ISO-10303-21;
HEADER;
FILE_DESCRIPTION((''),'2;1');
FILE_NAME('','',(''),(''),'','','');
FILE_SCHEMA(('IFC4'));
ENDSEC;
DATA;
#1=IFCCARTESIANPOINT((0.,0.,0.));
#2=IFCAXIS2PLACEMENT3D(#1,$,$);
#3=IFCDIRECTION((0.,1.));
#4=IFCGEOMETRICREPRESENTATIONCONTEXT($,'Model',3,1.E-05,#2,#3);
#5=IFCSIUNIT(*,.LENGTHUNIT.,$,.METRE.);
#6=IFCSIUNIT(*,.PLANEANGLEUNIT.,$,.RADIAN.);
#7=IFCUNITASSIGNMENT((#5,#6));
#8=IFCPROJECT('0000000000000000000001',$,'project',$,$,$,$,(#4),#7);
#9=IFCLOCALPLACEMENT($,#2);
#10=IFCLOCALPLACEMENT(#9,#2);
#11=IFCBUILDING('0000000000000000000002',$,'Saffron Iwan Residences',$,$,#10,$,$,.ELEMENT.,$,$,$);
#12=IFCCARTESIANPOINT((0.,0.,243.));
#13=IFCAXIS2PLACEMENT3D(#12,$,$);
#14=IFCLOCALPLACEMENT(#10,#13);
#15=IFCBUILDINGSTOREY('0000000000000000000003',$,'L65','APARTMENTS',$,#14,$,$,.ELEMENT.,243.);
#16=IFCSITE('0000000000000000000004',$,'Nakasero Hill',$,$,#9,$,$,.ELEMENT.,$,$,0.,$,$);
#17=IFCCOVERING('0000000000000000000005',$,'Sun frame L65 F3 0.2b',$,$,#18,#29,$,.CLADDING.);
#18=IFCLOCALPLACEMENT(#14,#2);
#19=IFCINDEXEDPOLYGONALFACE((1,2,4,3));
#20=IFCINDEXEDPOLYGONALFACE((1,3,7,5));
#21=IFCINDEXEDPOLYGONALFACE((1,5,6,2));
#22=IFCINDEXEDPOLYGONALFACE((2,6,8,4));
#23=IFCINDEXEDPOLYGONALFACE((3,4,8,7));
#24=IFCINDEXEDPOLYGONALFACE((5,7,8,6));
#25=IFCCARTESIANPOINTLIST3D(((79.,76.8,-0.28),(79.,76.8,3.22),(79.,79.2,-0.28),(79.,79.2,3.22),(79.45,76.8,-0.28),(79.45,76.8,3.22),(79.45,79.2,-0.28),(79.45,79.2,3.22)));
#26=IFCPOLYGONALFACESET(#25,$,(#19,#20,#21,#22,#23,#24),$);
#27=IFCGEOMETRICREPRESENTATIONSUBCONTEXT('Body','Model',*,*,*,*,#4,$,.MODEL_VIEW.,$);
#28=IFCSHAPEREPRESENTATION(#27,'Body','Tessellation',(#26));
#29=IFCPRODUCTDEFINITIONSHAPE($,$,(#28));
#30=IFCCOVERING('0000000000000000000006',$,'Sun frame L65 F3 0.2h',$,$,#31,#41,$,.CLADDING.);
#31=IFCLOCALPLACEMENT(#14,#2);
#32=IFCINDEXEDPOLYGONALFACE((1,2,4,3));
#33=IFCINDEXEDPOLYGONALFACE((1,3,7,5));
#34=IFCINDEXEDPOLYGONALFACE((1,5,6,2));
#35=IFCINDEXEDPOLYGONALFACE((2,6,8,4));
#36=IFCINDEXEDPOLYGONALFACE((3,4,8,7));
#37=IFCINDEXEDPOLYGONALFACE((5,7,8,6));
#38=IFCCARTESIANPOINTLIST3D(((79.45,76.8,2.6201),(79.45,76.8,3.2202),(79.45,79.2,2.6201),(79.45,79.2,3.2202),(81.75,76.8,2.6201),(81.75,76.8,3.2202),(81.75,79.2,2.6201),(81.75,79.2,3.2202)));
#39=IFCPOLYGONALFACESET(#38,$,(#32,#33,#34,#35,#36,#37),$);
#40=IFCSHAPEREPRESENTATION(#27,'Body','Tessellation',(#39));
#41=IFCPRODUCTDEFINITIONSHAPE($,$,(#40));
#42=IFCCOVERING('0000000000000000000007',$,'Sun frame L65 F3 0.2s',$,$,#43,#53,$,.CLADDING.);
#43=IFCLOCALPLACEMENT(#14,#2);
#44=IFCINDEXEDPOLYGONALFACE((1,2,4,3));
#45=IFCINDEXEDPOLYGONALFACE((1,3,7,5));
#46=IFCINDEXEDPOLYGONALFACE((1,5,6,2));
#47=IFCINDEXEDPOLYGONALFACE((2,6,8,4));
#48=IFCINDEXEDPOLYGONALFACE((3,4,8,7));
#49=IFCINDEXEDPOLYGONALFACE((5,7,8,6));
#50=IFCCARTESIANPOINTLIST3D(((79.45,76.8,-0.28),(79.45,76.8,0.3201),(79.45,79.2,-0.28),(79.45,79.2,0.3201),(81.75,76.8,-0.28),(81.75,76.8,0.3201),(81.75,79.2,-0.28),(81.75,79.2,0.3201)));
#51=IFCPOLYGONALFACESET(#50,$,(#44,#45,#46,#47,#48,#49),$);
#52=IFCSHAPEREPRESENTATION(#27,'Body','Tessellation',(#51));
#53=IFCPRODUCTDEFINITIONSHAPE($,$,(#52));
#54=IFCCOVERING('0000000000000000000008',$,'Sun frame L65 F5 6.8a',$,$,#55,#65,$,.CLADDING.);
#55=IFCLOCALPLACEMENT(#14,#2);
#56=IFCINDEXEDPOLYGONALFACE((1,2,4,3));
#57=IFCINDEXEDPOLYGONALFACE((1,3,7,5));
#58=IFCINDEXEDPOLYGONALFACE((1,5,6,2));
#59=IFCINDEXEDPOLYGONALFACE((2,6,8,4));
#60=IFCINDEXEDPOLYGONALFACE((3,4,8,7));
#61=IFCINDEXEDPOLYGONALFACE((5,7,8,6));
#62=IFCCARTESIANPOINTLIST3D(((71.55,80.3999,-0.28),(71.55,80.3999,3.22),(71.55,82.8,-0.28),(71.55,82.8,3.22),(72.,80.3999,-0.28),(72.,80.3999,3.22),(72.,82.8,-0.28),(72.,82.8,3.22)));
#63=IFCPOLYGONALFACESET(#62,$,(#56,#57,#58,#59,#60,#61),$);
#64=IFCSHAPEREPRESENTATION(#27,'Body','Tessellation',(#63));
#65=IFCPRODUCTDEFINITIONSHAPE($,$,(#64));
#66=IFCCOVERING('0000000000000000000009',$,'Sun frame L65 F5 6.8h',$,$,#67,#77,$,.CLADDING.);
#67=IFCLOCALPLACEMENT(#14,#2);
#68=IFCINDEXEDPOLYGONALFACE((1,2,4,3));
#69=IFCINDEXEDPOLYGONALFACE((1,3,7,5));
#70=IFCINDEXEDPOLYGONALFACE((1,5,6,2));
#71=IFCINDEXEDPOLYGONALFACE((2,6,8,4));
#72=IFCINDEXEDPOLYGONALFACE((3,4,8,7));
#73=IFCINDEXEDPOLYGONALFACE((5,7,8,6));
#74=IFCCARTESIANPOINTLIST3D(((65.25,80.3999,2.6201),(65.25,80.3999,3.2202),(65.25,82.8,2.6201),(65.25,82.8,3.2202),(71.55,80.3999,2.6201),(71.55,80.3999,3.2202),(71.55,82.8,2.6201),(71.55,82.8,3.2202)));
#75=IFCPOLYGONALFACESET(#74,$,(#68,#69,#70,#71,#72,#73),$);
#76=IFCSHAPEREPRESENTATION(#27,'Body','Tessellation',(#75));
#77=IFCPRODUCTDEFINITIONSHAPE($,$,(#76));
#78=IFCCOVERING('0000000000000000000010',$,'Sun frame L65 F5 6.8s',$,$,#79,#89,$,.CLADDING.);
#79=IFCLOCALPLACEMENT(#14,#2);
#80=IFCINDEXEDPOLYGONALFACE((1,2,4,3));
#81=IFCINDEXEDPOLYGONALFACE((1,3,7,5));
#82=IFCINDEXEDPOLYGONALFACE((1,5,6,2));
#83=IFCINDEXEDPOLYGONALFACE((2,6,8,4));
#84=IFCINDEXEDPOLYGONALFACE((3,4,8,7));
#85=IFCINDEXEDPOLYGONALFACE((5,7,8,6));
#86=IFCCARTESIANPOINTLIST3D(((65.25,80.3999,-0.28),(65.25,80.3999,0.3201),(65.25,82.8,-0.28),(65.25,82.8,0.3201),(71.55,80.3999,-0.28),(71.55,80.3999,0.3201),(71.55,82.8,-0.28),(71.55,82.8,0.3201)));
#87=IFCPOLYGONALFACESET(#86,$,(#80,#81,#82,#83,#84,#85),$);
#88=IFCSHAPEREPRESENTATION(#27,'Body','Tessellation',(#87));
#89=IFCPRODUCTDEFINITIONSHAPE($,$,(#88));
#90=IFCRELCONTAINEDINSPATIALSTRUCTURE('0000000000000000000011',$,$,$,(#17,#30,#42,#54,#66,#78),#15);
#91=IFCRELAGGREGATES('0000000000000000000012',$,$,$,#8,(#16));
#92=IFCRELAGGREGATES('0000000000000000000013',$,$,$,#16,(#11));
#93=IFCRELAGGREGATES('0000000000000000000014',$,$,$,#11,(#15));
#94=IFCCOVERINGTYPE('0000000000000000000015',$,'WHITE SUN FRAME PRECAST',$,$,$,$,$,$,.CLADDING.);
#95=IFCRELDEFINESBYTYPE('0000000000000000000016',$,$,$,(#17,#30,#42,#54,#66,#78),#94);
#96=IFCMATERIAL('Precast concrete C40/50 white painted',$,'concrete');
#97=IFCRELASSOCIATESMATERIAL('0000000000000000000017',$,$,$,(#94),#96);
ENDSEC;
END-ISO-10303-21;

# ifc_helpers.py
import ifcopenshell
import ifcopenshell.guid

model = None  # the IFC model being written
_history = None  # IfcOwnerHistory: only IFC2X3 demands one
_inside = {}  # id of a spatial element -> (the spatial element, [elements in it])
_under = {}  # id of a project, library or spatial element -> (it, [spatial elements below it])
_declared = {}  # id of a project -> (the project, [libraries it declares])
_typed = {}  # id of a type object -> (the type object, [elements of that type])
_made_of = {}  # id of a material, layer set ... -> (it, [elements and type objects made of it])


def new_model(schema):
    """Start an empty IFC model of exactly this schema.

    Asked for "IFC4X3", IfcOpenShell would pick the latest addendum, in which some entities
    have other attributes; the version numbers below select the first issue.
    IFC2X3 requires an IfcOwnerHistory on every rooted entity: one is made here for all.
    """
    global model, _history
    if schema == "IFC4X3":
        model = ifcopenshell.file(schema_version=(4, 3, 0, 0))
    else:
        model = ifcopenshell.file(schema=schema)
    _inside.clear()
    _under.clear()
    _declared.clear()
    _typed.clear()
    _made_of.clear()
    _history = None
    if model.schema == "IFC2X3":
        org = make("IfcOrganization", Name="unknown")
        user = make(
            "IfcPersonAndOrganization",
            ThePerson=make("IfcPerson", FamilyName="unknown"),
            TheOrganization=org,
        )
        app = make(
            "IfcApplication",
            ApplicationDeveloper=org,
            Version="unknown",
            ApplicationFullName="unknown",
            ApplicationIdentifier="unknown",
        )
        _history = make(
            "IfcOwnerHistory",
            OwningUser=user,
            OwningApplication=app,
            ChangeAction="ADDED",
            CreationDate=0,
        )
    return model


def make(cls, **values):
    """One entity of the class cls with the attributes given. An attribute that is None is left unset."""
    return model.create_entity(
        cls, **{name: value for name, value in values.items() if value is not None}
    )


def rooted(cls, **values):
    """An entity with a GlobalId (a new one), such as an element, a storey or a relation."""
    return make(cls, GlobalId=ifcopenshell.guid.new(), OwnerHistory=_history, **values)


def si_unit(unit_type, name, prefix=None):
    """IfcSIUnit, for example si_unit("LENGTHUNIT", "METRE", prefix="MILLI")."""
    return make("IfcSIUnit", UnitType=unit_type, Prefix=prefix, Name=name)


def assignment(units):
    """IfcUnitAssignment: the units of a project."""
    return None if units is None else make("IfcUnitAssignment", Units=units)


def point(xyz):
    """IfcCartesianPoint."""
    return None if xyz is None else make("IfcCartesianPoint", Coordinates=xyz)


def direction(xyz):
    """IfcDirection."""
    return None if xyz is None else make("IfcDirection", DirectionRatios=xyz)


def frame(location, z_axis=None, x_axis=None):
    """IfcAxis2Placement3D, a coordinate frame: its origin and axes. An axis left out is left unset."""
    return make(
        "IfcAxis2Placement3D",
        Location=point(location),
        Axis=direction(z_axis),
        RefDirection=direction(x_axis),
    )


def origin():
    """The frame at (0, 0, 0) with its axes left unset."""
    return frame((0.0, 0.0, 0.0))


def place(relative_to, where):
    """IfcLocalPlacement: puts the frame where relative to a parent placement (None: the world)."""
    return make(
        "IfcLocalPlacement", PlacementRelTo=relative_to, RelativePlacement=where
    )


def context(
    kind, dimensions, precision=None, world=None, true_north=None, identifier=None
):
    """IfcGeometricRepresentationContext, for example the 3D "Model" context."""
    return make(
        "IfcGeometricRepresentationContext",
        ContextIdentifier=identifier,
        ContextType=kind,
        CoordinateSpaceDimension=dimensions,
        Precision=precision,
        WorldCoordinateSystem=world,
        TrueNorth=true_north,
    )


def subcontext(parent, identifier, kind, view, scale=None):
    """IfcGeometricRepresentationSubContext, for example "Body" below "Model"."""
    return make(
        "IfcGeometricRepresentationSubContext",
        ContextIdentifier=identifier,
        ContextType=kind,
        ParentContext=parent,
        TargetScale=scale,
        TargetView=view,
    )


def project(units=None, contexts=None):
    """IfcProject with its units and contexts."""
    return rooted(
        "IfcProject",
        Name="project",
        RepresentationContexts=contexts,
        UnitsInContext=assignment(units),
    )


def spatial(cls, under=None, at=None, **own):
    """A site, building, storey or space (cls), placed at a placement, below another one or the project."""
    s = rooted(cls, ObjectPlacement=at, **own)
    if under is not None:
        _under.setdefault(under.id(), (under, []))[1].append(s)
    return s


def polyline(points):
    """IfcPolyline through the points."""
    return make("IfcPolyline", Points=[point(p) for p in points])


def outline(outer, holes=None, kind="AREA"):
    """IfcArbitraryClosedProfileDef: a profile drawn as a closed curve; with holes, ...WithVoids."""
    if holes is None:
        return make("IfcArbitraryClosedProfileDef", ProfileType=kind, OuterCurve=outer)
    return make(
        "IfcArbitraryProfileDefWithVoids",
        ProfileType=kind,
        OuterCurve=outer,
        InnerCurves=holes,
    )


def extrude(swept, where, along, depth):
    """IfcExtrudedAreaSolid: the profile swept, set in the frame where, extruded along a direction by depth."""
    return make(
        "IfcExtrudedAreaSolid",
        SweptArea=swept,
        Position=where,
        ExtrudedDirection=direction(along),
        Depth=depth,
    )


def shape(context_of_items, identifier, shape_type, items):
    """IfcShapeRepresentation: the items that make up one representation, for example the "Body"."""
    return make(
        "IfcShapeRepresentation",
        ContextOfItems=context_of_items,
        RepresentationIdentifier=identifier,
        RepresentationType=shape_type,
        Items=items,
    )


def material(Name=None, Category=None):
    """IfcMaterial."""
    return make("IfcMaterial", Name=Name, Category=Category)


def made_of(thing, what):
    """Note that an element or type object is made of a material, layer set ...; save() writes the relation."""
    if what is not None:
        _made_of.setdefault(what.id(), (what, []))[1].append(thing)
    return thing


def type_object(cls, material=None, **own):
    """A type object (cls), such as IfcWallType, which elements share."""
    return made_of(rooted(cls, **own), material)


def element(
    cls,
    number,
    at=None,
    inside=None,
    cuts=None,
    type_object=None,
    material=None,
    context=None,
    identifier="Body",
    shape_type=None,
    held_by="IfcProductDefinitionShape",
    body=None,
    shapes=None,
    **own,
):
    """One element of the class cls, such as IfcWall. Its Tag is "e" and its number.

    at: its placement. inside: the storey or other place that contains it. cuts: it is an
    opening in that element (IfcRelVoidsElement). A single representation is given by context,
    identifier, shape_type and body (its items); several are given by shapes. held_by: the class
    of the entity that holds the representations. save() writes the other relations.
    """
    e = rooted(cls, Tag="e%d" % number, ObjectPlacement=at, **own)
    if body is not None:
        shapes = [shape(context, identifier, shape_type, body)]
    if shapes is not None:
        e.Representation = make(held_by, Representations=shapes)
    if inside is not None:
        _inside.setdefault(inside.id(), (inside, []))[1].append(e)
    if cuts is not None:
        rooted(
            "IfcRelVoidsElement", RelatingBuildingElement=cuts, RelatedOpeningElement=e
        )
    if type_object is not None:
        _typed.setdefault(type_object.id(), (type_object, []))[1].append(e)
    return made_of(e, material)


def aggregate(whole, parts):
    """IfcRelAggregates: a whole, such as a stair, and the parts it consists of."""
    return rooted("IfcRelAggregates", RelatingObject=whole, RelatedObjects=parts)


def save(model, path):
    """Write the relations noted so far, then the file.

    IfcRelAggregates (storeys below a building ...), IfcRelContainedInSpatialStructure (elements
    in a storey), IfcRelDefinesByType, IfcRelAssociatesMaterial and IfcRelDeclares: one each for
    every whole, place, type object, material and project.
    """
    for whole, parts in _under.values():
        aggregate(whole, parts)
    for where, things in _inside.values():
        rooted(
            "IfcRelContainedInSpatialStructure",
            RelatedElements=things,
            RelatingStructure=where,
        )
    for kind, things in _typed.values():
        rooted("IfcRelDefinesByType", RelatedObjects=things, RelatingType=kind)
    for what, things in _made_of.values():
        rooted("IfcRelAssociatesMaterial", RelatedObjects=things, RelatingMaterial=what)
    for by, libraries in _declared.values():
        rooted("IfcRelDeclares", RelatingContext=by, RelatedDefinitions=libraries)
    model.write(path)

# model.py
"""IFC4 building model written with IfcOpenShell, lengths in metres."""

from ifc_helpers import new_model, si_unit, direction, frame, origin, place, context, subcontext, project, spatial, polyline, outline, extrude, material, type_object, element, save


model = new_model("IFC4")

# Units and contexts
model_context = context("Model", 3, precision=1e-05, world=origin(), true_north=direction((0.0, 1.0)))
body_context = subcontext(model_context, "Body", "Model", "MODEL_VIEW")
ifc_project = project(units=[si_unit("LENGTHUNIT", "METRE"), si_unit("PLANEANGLEUNIT", "RADIAN")], contexts=[model_context])

# Site, building, storey
site_placement = place(None, origin())
site = spatial("IfcSite", under=ifc_project, at=site_placement, Name="Nakasero Hill", CompositionType="ELEMENT", RefElevation=0.0)
building_placement = place(site_placement, origin())
building = spatial("IfcBuilding", under=site, at=building_placement, Name="Saffron Iwan Residences", CompositionType="ELEMENT")
storey_placement = place(building_placement, frame((0.0, 0.0, 243.0)))
storey = spatial("IfcBuildingStorey", under=building, at=storey_placement, Name="L65", Description="APARTMENTS", CompositionType="ELEMENT", Elevation=243.0)

# Coverings
ifc_material_1 = material(Name="Precast concrete C40/50 white painted", Category="concrete")
covering_type_1 = type_object("IfcCoveringType", Name="WHITE SUN FRAME PRECAST", PredefinedType="CLADDING", material=ifc_material_1)
for number, where, z_axis, x_axis, name in (
    (1, (79.45, 76.8, -0.28), (0.0, 1.0, 0.0), (-1.0, 0.0, 0.0), "Sun frame L65 F3 0.2b"),
):
    element("IfcCovering", number, at=place(storey_placement, frame(where, z_axis=z_axis, x_axis=x_axis)), inside=storey, type_object=covering_type_1, Name=name, PredefinedType="CLADDING", context=body_context, shape_type="SweptSolid", body=[
        extrude(outline(polyline([(0.0, 0.0), (0.45, 0.0), (0.45, 3.5), (0.0, 3.5), (0.0, 0.0)])), origin(), (0.0, 0.0, 1.0), 2.3999),
    ])
for number, where, z_axis, x_axis, name in (
    (2, (81.75, 76.8, 2.6201), (0.0, 1.0, 0.0), (-1.0, 0.0, 0.0), "Sun frame L65 F3 0.2h"),
    (3, (81.75, 76.8, -0.28), (0.0, 1.0, 0.0), (-1.0, 0.0, 0.0), "Sun frame L65 F3 0.2s"),
):
    element("IfcCovering", number, at=place(storey_placement, frame(where, z_axis=z_axis, x_axis=x_axis)), inside=storey, type_object=covering_type_1, Name=name, PredefinedType="CLADDING", context=body_context, shape_type="SweptSolid", body=[
        extrude(outline(polyline([(0.0, 0.0), (2.3, 0.0), (2.3, 0.6001), (0.0, 0.6001), (0.0, 0.0)])), origin(), (0.0, 0.0, 1.0), 2.3999),
    ])
covering_1_placement = place(storey_placement, frame((72.0, 80.3999, -0.28), z_axis=(0.0, 1.0, 0.0), x_axis=(-1.0, 0.0, 0.0)))
element("IfcCovering", 4, at=covering_1_placement, inside=storey, type_object=covering_type_1, Name="Sun frame L65 F5 6.8a", PredefinedType="CLADDING", context=body_context, shape_type="SweptSolid", body=[
    extrude(outline(polyline([(0.0, 0.0), (0.45, 0.0), (0.45, 3.5), (0.0, 3.5), (0.0, 0.0)])), origin(), (0.0, 0.0, 1.0), 2.4001),
])
for number, where, z_axis, x_axis, name in (
    (5, (71.55, 80.3999, 2.6201), (0.0, 1.0, 0.0), (-1.0, 0.0, 0.0), "Sun frame L65 F5 6.8h"),
    (6, (71.55, 80.3999, -0.28), (0.0, 1.0, 0.0), (-1.0, 0.0, 0.0), "Sun frame L65 F5 6.8s"),
):
    element("IfcCovering", number, at=place(storey_placement, frame(where, z_axis=z_axis, x_axis=x_axis)), inside=storey, type_object=covering_type_1, Name=name, PredefinedType="CLADDING", context=body_context, shape_type="SweptSolid", body=[
        extrude(outline(polyline([(0.0, 0.0), (6.3, 0.0), (6.3, 0.6001), (0.0, 0.6001), (0.0, 0.0)])), origin(), (0.0, 0.0, 1.0), 2.4001),
    ])

save(model, "model.ifc")
